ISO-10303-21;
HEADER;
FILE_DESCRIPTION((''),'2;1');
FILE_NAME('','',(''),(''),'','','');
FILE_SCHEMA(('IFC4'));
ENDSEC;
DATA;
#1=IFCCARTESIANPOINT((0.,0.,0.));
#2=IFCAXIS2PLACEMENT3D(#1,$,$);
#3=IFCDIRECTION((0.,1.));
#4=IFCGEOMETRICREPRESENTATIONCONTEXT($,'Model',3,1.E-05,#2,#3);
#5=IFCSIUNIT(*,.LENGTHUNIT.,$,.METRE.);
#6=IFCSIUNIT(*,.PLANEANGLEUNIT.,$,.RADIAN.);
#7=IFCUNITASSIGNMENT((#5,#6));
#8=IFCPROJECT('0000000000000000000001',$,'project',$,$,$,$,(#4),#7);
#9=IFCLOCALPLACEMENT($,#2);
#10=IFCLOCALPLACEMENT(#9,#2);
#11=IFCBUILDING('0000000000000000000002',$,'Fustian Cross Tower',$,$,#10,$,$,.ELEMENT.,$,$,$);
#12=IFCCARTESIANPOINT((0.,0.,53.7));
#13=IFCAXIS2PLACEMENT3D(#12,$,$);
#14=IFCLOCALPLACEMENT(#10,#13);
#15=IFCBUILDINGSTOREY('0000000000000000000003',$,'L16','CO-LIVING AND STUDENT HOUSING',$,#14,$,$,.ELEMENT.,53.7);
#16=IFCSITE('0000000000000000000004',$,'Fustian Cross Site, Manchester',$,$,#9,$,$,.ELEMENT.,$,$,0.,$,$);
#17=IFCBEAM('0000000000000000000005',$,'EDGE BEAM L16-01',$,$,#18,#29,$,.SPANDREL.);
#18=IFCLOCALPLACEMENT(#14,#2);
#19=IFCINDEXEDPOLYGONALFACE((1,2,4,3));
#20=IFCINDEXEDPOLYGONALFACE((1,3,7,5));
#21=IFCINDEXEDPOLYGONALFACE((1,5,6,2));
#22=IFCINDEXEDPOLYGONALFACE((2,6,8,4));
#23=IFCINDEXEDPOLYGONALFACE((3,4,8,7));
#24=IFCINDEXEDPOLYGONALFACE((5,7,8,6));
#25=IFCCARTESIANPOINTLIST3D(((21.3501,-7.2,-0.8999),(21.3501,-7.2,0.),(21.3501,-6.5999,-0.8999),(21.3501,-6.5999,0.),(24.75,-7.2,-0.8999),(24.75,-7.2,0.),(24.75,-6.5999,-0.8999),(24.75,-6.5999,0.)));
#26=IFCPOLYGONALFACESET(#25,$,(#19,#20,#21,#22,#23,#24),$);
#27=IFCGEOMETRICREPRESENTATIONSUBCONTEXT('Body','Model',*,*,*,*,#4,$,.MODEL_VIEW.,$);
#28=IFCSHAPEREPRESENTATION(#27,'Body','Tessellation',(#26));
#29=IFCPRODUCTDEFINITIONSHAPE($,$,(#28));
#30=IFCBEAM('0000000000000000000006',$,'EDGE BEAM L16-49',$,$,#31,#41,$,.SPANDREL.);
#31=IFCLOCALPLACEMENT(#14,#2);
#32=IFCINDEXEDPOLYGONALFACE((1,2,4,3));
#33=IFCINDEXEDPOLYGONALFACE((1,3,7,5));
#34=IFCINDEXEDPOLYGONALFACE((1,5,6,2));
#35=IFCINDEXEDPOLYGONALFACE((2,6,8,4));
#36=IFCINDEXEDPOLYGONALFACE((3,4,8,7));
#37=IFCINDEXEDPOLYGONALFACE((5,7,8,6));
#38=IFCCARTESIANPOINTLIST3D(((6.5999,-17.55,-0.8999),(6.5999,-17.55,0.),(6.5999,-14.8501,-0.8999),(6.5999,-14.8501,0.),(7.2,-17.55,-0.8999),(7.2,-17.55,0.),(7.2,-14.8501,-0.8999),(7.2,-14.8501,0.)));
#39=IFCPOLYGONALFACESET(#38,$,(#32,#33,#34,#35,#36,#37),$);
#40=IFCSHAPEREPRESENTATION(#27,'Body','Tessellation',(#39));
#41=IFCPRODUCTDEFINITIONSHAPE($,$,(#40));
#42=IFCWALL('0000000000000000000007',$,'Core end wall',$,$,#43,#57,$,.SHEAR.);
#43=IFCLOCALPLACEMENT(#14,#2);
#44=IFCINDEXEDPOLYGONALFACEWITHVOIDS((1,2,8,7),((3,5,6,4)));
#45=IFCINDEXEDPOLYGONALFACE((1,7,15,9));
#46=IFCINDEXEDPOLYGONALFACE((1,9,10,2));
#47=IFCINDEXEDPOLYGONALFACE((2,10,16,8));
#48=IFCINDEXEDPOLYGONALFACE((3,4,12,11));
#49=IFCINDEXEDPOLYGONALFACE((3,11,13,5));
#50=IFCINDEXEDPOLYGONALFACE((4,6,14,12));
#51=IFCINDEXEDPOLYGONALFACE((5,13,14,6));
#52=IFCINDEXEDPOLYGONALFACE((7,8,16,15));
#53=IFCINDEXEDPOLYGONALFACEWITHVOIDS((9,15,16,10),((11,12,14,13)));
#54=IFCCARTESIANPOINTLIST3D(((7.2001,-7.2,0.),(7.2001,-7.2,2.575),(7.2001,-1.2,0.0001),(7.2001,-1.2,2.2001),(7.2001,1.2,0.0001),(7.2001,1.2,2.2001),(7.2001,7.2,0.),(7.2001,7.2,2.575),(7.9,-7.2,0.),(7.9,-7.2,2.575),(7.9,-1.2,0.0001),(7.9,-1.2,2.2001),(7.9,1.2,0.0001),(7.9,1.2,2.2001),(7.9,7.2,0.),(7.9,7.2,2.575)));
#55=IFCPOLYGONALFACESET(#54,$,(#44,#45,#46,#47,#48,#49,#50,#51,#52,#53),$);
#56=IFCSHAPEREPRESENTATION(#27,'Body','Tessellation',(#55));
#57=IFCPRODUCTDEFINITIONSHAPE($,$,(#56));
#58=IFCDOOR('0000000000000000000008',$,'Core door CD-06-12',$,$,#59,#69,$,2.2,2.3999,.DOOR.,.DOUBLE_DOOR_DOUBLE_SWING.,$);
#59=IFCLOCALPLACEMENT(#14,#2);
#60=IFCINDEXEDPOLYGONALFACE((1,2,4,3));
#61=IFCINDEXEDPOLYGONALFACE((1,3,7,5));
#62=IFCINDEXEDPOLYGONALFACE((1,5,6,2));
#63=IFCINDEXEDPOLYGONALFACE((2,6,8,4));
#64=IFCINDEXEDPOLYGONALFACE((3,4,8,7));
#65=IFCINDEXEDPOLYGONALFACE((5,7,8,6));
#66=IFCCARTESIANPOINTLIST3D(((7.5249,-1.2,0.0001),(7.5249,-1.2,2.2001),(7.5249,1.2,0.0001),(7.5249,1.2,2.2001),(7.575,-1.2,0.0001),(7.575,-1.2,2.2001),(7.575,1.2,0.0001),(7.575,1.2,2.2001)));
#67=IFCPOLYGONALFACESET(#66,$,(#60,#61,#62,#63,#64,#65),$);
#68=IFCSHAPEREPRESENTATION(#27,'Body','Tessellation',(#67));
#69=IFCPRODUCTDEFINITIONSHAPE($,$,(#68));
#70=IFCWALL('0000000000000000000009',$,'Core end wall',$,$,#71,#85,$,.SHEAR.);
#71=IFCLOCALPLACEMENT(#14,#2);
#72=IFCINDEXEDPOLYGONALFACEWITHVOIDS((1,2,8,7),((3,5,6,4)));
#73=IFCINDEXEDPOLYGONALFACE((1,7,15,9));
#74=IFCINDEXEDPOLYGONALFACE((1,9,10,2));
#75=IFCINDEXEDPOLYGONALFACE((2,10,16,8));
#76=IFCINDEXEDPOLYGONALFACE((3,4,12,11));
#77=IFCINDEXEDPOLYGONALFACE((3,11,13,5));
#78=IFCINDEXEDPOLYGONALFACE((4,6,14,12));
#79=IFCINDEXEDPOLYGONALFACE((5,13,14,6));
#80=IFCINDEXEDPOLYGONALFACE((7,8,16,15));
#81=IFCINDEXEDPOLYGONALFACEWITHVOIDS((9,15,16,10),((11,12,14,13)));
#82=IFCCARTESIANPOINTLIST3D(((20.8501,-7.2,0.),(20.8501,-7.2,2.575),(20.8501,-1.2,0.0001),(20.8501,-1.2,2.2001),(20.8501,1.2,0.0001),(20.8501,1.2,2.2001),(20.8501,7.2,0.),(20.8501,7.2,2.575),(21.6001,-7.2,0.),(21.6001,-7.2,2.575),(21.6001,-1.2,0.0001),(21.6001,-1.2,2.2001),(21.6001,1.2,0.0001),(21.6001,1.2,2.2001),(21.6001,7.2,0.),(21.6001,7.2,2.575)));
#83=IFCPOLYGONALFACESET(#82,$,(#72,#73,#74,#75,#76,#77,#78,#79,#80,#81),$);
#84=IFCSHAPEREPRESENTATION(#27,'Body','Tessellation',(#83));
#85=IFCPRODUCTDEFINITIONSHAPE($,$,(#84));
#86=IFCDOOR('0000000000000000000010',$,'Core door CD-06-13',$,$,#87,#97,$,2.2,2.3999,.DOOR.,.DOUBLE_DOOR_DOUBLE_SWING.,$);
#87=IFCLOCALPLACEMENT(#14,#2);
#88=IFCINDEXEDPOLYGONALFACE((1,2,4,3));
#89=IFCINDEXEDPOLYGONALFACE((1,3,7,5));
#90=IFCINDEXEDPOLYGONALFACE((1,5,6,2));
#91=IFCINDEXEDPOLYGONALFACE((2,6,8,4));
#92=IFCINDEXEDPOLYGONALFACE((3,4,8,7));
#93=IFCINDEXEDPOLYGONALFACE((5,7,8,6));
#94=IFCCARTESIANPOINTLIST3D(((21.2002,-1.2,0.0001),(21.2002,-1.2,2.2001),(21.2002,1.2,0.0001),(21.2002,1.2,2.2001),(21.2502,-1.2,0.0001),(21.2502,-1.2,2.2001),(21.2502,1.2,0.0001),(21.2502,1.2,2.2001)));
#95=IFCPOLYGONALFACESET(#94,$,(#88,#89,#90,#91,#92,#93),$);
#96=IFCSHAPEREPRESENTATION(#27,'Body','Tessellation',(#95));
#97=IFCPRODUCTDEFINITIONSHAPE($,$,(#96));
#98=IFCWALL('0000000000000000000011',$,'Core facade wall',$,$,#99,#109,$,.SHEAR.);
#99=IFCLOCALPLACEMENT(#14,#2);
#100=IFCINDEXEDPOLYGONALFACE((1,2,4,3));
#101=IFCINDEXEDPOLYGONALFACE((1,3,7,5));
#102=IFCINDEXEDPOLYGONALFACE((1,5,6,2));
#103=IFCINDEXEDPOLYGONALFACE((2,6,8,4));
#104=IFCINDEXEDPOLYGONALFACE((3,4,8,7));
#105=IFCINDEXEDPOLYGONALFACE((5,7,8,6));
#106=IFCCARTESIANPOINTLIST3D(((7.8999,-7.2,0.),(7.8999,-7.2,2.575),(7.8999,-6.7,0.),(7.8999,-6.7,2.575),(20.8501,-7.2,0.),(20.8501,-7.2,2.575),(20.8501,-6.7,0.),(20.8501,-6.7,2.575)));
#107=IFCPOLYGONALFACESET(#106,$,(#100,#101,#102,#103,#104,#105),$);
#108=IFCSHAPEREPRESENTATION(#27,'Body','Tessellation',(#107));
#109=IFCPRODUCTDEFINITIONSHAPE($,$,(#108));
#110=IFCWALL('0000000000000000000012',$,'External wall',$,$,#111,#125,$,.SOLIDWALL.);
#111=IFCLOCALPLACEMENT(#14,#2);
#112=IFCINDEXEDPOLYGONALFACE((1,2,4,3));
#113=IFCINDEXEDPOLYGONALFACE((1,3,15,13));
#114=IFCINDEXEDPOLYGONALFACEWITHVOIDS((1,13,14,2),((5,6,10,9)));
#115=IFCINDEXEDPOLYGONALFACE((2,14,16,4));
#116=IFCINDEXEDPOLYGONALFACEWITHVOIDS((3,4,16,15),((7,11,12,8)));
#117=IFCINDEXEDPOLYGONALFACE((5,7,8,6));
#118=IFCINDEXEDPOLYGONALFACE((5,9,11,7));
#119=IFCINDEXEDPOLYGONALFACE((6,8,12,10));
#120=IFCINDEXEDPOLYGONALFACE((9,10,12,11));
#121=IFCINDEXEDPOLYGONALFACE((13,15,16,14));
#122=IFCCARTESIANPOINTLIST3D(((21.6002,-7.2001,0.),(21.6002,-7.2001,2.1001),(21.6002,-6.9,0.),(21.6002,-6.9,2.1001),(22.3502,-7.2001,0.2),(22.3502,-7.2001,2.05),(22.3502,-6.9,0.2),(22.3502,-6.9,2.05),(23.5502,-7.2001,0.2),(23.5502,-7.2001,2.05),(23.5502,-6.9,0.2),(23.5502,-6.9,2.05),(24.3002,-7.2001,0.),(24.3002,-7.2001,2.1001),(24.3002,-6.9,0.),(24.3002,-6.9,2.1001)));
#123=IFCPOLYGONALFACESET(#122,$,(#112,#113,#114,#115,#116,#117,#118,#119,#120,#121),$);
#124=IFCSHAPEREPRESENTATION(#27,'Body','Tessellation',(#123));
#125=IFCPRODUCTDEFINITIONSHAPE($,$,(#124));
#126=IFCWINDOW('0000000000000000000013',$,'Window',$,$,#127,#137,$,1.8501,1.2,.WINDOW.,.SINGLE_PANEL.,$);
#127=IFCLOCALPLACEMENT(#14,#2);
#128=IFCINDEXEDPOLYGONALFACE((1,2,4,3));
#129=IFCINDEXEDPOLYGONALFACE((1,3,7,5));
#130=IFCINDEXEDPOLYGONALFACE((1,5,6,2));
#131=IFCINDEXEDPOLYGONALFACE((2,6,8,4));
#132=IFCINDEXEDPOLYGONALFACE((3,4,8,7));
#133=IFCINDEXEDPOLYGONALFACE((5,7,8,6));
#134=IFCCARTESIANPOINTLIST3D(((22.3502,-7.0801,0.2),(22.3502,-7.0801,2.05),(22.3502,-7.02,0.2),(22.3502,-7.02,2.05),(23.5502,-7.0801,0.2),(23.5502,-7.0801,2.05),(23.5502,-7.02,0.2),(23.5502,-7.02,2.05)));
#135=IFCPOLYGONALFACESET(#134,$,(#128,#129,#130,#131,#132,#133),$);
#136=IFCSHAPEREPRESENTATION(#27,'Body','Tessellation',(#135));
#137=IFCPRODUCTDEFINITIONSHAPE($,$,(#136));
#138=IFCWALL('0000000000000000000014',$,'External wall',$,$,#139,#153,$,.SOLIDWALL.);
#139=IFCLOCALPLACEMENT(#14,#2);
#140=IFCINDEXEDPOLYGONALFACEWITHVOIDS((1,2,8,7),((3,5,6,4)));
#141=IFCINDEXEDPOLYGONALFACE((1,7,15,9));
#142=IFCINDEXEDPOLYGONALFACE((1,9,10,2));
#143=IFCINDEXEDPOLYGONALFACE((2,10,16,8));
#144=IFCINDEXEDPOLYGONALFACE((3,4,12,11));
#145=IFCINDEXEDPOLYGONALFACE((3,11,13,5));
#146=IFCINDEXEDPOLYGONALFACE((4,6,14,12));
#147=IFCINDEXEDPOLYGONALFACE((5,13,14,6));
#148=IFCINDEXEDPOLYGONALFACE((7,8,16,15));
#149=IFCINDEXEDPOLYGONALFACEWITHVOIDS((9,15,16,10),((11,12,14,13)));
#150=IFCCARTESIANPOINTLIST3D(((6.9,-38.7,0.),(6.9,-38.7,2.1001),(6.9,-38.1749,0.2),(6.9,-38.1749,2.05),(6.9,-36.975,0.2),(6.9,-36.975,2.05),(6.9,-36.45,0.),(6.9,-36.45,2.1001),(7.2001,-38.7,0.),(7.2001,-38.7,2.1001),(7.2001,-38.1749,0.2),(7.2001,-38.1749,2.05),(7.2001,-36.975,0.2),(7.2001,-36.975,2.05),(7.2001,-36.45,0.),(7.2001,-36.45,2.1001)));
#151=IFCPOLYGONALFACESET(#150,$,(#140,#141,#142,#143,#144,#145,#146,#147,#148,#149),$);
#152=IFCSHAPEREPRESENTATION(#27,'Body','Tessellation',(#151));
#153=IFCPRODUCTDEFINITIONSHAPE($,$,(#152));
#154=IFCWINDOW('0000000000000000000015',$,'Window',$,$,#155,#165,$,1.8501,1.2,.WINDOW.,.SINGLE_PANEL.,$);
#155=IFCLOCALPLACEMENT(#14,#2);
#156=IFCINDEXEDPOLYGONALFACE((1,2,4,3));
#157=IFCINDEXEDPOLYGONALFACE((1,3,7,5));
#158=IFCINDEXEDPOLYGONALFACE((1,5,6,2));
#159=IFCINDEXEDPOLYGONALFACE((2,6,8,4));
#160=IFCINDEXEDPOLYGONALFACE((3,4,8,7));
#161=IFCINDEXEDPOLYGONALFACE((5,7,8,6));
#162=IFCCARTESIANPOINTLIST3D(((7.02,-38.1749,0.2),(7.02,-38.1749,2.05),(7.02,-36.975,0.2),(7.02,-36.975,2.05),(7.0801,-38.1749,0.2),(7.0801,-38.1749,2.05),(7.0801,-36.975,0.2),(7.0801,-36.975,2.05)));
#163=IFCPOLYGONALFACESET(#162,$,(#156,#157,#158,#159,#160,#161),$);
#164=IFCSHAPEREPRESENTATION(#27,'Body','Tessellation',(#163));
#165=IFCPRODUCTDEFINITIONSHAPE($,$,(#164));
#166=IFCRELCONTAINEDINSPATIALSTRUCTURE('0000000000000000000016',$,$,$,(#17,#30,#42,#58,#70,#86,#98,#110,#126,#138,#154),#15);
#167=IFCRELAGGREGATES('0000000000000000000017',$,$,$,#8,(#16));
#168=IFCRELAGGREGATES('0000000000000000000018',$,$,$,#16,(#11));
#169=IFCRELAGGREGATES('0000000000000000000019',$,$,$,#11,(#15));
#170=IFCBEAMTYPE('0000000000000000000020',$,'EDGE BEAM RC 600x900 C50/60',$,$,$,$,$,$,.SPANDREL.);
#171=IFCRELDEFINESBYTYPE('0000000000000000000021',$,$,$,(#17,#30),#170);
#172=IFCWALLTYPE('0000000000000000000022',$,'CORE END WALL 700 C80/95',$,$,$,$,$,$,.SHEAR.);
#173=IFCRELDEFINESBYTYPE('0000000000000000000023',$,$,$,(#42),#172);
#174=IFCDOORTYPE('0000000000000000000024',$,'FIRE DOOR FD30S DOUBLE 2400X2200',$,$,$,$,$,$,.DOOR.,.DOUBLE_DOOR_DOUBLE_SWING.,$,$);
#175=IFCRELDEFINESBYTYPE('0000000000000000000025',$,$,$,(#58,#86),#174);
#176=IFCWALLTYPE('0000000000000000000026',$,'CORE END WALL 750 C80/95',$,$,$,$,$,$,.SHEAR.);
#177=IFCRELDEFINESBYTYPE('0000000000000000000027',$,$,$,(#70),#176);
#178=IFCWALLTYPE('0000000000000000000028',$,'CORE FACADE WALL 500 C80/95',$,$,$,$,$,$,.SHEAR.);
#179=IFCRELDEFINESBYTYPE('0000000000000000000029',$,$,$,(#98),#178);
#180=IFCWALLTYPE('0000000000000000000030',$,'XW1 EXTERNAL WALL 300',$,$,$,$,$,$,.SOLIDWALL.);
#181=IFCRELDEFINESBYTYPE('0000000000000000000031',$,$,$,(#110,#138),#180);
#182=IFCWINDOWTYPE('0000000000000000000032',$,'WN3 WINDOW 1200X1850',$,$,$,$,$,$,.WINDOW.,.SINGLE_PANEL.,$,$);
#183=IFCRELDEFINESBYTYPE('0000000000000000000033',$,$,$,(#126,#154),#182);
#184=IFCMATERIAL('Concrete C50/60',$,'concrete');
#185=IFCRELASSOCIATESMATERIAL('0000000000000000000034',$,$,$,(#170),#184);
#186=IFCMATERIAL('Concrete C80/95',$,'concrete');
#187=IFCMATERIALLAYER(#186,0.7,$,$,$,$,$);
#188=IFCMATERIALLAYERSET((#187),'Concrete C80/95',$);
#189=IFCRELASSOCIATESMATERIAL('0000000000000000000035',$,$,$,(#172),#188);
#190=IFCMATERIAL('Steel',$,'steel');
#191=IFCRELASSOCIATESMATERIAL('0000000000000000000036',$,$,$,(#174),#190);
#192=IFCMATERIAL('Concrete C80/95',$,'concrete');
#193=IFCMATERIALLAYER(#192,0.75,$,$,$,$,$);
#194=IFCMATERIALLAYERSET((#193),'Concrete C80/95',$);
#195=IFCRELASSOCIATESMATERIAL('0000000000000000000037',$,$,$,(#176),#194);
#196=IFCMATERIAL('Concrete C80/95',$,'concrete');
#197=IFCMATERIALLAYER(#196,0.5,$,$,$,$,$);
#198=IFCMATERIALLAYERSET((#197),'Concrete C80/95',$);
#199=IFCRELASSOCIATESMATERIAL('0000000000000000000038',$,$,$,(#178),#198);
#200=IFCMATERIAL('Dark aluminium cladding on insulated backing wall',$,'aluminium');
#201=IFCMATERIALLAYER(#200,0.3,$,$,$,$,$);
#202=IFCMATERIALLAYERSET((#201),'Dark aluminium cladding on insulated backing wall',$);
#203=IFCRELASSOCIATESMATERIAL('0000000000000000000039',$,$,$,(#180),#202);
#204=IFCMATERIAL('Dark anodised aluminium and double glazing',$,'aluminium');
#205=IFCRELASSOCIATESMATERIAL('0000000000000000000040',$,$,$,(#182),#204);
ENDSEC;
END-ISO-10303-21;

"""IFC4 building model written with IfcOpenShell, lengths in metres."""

from ifc_helpers import new_model, si_unit, direction, frame, frame_2d, origin, origin_2d, place, context, subcontext, project, spatial, rectangle, extrude, material, layer, layer_set, material_profile, profile_set, type_object, element, fill, save


model = new_model("IFC4")

# Units and contexts
model_context = context("Model", 3, precision=1e-05, world=origin(), true_north=direction((0.0, 1.0)))
body_context = subcontext(model_context, "Body", "Model", "MODEL_VIEW")
ifc_project = project(units=[si_unit("LENGTHUNIT", "METRE"), si_unit("PLANEANGLEUNIT", "RADIAN")], contexts=[model_context])

# Site, building, storey
site_placement = place(None, origin())
site = spatial("IfcSite", under=ifc_project, at=site_placement, Name="Fustian Cross Site, Manchester", CompositionType="ELEMENT", RefElevation=0.0)
building_placement = place(site_placement, origin())
building = spatial("IfcBuilding", under=site, at=building_placement, Name="Fustian Cross Tower", CompositionType="ELEMENT")
storey_placement = place(building_placement, frame((0.0, 0.0, 53.7)))
storey = spatial("IfcBuildingStorey", under=building, at=storey_placement, Name="L16", Description="CO-LIVING AND STUDENT HOUSING", CompositionType="ELEMENT", Elevation=53.7)

# Beams
ifc_material_1 = material(Name="Concrete C50/60", Category="concrete")
ifc_material_profile = material_profile(ifc_material_1, rectangle(XDim=0.6001, YDim=0.8999, at=origin_2d()), Name="RC 600x900")
ifc_profile_set = profile_set([ifc_material_profile], Name="Concrete C50/60")
beam_type = type_object("IfcBeamType", Name="EDGE BEAM RC 600x900 C50/60", PredefinedType="SPANDREL", material=ifc_profile_set)
beam_1_placement = place(storey_placement, frame((21.3501, -6.8999, -0.45), z_axis=(1.0, 0.0, 0.0), x_axis=(0.0, 1.0, 0.0)))
element("IfcBeam", 1, at=beam_1_placement, inside=storey, type_object=beam_type, Name="EDGE BEAM L16-01", PredefinedType="SPANDREL", context=body_context, shape_type="SweptSolid", body=[
    extrude(rectangle(XDim=0.6001, YDim=0.8999, at=origin_2d()), origin(), (0.0, 0.0, 1.0), 3.3999),
])
beam_2_placement = place(storey_placement, frame((6.8999, -17.55, -0.45), z_axis=(0.0, 1.0, 0.0), x_axis=(-1.0, 0.0, 0.0)))
element("IfcBeam", 2, at=beam_2_placement, inside=storey, type_object=beam_type, Name="EDGE BEAM L16-49", PredefinedType="SPANDREL", context=body_context, shape_type="SweptSolid", body=[
    extrude(rectangle(XDim=0.6001, YDim=0.8999, at=origin_2d()), origin(), (0.0, 0.0, 1.0), 2.7),
])

# Walls, openings, doors
ifc_material_2 = material(Name="Concrete C80/95", Category="concrete")
ifc_layer_1 = layer(ifc_material_2, 0.7)
ifc_layer_set_1 = layer_set([ifc_layer_1], Name="Concrete C80/95")
wall_type_1 = type_object("IfcWallType", Name="CORE END WALL 700 C80/95", PredefinedType="SHEAR", material=ifc_layer_set_1)
wall_1_placement = place(storey_placement, frame((7.55, -7.2, 0.0), z_axis=(0.0, 0.0, 1.0), x_axis=(0.0, 1.0, 0.0)))
wall_1 = element("IfcWall", 3, at=wall_1_placement, inside=storey, type_object=wall_type_1, Name="Core end wall", PredefinedType="SHEAR", context=body_context, shape_type="SweptSolid", body=[
    extrude(rectangle(XDim=14.3999, YDim=0.7, at=frame_2d((7.2, 0.0))), origin(), (0.0, 0.0, 1.0), 2.575),
])
opening_1_placement = place(wall_1_placement, frame((6.0, 0.0, 0.0)))
opening_1 = element("IfcOpeningElement", 4, at=opening_1_placement, cuts=wall_1, PredefinedType="OPENING", context=body_context, shape_type="SweptSolid", body=[
    extrude(rectangle(XDim=2.3999, YDim=2.2, at=frame_2d((1.2, 1.1001))), frame((0.0, 0.3599, 0.0), z_axis=(0.0, -1.0, 0.0), x_axis=(1.0, 0.0, 0.0)), (0.0, 0.0, 1.0), 0.72),
])
ifc_material_3 = material(Name="Steel", Category="steel")
door_type = type_object("IfcDoorType", Name="FIRE DOOR FD30S DOUBLE 2400X2200", OperationType="DOUBLE_DOOR_DOUBLE_SWING", PredefinedType="DOOR", material=ifc_material_3)
door_1_placement = place(opening_1_placement, frame((2.3999, 0.0, 0.0), z_axis=(0.0, 0.0, 1.0), x_axis=(-1.0, 0.0, 0.0)))
door_1 = element("IfcDoor", 5, at=door_1_placement, inside=storey, type_object=door_type, Name="Core door CD-06-12", OperationType="DOUBLE_DOOR_DOUBLE_SWING", OverallHeight=2.2, OverallWidth=2.3999, PredefinedType="DOOR", context=body_context, shape_type="SweptSolid", body=[
    extrude(rectangle(XDim=2.3999, YDim=2.2, at=frame_2d((1.2, 1.1001))), frame((0.0, 0.0249, 0.0), z_axis=(0.0, -1.0, 0.0), x_axis=(1.0, 0.0, 0.0)), (0.0, 0.0, 1.0), 0.05),
])
fill(opening_1, door_1)
ifc_material_4 = material(Name="Concrete C80/95", Category="concrete")
ifc_layer_2 = layer(ifc_material_4, 0.75)
ifc_layer_set_2 = layer_set([ifc_layer_2], Name="Concrete C80/95")
wall_type_2 = type_object("IfcWallType", Name="CORE END WALL 750 C80/95", PredefinedType="SHEAR", material=ifc_layer_set_2)
wall_2_placement = place(storey_placement, frame((21.2251, -7.2, 0.0), z_axis=(0.0, 0.0, 1.0), x_axis=(0.0, 1.0, 0.0)))
wall_2 = element("IfcWall", 6, at=wall_2_placement, inside=storey, type_object=wall_type_2, Name="Core end wall", PredefinedType="SHEAR", context=body_context, shape_type="SweptSolid", body=[
    extrude(rectangle(XDim=14.3999, YDim=0.75, at=frame_2d((7.2, 0.0))), origin(), (0.0, 0.0, 1.0), 2.575),
])
opening_2_placement = place(wall_2_placement, frame((6.0, 0.0, 0.0)))
opening_2 = element("IfcOpeningElement", 7, at=opening_2_placement, cuts=wall_2, PredefinedType="OPENING", context=body_context, shape_type="SweptSolid", body=[
    extrude(rectangle(XDim=2.3999, YDim=2.2, at=frame_2d((1.2, 1.1001))), frame((0.0, 0.385, 0.0), z_axis=(0.0, -1.0, 0.0), x_axis=(1.0, 0.0, 0.0)), (0.0, 0.0, 1.0), 0.77),
])
door_2_placement = place(opening_2_placement, origin())
door_2 = element("IfcDoor", 8, at=door_2_placement, inside=storey, type_object=door_type, Name="Core door CD-06-13", OperationType="DOUBLE_DOOR_DOUBLE_SWING", OverallHeight=2.2, OverallWidth=2.3999, PredefinedType="DOOR", context=body_context, shape_type="SweptSolid", body=[
    extrude(rectangle(XDim=2.3999, YDim=2.2, at=frame_2d((1.2, 1.1001))), frame((0.0, 0.0249, 0.0), z_axis=(0.0, -1.0, 0.0), x_axis=(1.0, 0.0, 0.0)), (0.0, 0.0, 1.0), 0.05),
])
fill(opening_2, door_2)

# Wall
ifc_material_5 = material(Name="Concrete C80/95", Category="concrete")
ifc_layer_3 = layer(ifc_material_5, 0.5)
ifc_layer_set_3 = layer_set([ifc_layer_3], Name="Concrete C80/95")
wall_type_3 = type_object("IfcWallType", Name="CORE FACADE WALL 500 C80/95", PredefinedType="SHEAR", material=ifc_layer_set_3)
wall_3_placement = place(storey_placement, frame((7.8999, -6.95, 0.0), z_axis=(0.0, 0.0, 1.0), x_axis=(1.0, 0.0, 0.0)))
element("IfcWall", 9, at=wall_3_placement, inside=storey, type_object=wall_type_3, Name="Core facade wall", PredefinedType="SHEAR", context=body_context, shape_type="SweptSolid", body=[
    extrude(rectangle(XDim=12.9502, YDim=0.5, at=frame_2d((6.4751, 0.0))), origin(), (0.0, 0.0, 1.0), 2.575),
])

# Walls, openings, windows
ifc_material_6 = material(Name="Dark aluminium cladding on insulated backing wall", Category="aluminium")
ifc_layer_4 = layer(ifc_material_6, 0.3)
ifc_layer_set_4 = layer_set([ifc_layer_4], Name="Dark aluminium cladding on insulated backing wall")
wall_type_4 = type_object("IfcWallType", Name="XW1 EXTERNAL WALL 300", PredefinedType="SOLIDWALL", material=ifc_layer_set_4)
wall_4_placement = place(storey_placement, frame((21.6001, -7.05, 0.0), z_axis=(0.0, 0.0, 1.0), x_axis=(1.0, 0.0, 0.0)))
wall_4 = element("IfcWall", 10, at=wall_4_placement, inside=storey, type_object=wall_type_4, Name="External wall", PredefinedType="SOLIDWALL", context=body_context, shape_type="SweptSolid", body=[
    extrude(rectangle(XDim=2.7, YDim=0.3, at=frame_2d((1.3501, 0.0))), origin(), (0.0, 0.0, 1.0), 2.1001),
])
opening_3_placement = place(wall_4_placement, frame((0.75, 0.0, 0.2)))
opening_3 = element("IfcOpeningElement", 11, at=opening_3_placement, cuts=wall_4, PredefinedType="OPENING", context=body_context, shape_type="SweptSolid", body=[
    extrude(rectangle(XDim=1.2, YDim=1.8501, at=frame_2d((0.6001, 0.925))), frame((0.0, 0.1599, 0.0), z_axis=(0.0, -1.0, 0.0), x_axis=(1.0, 0.0, 0.0)), (0.0, 0.0, 1.0), 0.3201),
])
ifc_material_7 = material(Name="Dark anodised aluminium and double glazing", Category="aluminium")
window_type_1 = type_object("IfcWindowType", Name="WN3 WINDOW 1200X1850", PartitioningType="SINGLE_PANEL", PredefinedType="WINDOW", material=ifc_material_7)
window_1_placement = place(opening_3_placement, origin())
window_1 = element("IfcWindow", 12, at=window_1_placement, inside=storey, type_object=window_type_1, Name="Window", OverallHeight=1.8501, OverallWidth=1.2, PartitioningType="SINGLE_PANEL", PredefinedType="WINDOW", context=body_context, shape_type="SweptSolid", body=[
    extrude(rectangle(XDim=1.2, YDim=1.8501, at=frame_2d((0.6001, 0.925))), frame((0.0, 0.03, 0.0), z_axis=(0.0, -1.0, 0.0), x_axis=(1.0, 0.0, 0.0)), (0.0, 0.0, 1.0), 0.0601),
])
fill(opening_3, window_1)
wall_5_placement = place(storey_placement, frame((7.05, -38.7, 0.0), z_axis=(0.0, 0.0, 1.0), x_axis=(0.0, 1.0, 0.0)))
wall_5 = element("IfcWall", 13, at=wall_5_placement, inside=storey, type_object=wall_type_4, Name="External wall", PredefinedType="SOLIDWALL", context=body_context, shape_type="SweptSolid", body=[
    extrude(rectangle(XDim=2.25, YDim=0.3, at=frame_2d((1.125, 0.0))), origin(), (0.0, 0.0, 1.0), 2.1001),
])
opening_4_placement = place(wall_5_placement, frame((0.5249, 0.0, 0.2)))
opening_4 = element("IfcOpeningElement", 14, at=opening_4_placement, cuts=wall_5, PredefinedType="OPENING", context=body_context, shape_type="SweptSolid", body=[
    extrude(rectangle(XDim=1.2, YDim=1.8501, at=frame_2d((0.6001, 0.925))), frame((0.0, 0.1599, 0.0), z_axis=(0.0, -1.0, 0.0), x_axis=(1.0, 0.0, 0.0)), (0.0, 0.0, 1.0), 0.3201),
])
window_2_placement = place(opening_4_placement, origin())
window_2 = element("IfcWindow", 15, at=window_2_placement, inside=storey, type_object=window_type_1, Name="Window", OverallHeight=1.8501, OverallWidth=1.2, PartitioningType="SINGLE_PANEL", PredefinedType="WINDOW", context=body_context, shape_type="SweptSolid", body=[
    extrude(rectangle(XDim=1.2, YDim=1.8501, at=frame_2d((0.6001, 0.925))), frame((0.0, 0.03, 0.0), z_axis=(0.0, -1.0, 0.0), x_axis=(1.0, 0.0, 0.0)), (0.0, 0.0, 1.0), 0.0601),
])
fill(opening_4, window_2)

save(model, "model.ifc")
